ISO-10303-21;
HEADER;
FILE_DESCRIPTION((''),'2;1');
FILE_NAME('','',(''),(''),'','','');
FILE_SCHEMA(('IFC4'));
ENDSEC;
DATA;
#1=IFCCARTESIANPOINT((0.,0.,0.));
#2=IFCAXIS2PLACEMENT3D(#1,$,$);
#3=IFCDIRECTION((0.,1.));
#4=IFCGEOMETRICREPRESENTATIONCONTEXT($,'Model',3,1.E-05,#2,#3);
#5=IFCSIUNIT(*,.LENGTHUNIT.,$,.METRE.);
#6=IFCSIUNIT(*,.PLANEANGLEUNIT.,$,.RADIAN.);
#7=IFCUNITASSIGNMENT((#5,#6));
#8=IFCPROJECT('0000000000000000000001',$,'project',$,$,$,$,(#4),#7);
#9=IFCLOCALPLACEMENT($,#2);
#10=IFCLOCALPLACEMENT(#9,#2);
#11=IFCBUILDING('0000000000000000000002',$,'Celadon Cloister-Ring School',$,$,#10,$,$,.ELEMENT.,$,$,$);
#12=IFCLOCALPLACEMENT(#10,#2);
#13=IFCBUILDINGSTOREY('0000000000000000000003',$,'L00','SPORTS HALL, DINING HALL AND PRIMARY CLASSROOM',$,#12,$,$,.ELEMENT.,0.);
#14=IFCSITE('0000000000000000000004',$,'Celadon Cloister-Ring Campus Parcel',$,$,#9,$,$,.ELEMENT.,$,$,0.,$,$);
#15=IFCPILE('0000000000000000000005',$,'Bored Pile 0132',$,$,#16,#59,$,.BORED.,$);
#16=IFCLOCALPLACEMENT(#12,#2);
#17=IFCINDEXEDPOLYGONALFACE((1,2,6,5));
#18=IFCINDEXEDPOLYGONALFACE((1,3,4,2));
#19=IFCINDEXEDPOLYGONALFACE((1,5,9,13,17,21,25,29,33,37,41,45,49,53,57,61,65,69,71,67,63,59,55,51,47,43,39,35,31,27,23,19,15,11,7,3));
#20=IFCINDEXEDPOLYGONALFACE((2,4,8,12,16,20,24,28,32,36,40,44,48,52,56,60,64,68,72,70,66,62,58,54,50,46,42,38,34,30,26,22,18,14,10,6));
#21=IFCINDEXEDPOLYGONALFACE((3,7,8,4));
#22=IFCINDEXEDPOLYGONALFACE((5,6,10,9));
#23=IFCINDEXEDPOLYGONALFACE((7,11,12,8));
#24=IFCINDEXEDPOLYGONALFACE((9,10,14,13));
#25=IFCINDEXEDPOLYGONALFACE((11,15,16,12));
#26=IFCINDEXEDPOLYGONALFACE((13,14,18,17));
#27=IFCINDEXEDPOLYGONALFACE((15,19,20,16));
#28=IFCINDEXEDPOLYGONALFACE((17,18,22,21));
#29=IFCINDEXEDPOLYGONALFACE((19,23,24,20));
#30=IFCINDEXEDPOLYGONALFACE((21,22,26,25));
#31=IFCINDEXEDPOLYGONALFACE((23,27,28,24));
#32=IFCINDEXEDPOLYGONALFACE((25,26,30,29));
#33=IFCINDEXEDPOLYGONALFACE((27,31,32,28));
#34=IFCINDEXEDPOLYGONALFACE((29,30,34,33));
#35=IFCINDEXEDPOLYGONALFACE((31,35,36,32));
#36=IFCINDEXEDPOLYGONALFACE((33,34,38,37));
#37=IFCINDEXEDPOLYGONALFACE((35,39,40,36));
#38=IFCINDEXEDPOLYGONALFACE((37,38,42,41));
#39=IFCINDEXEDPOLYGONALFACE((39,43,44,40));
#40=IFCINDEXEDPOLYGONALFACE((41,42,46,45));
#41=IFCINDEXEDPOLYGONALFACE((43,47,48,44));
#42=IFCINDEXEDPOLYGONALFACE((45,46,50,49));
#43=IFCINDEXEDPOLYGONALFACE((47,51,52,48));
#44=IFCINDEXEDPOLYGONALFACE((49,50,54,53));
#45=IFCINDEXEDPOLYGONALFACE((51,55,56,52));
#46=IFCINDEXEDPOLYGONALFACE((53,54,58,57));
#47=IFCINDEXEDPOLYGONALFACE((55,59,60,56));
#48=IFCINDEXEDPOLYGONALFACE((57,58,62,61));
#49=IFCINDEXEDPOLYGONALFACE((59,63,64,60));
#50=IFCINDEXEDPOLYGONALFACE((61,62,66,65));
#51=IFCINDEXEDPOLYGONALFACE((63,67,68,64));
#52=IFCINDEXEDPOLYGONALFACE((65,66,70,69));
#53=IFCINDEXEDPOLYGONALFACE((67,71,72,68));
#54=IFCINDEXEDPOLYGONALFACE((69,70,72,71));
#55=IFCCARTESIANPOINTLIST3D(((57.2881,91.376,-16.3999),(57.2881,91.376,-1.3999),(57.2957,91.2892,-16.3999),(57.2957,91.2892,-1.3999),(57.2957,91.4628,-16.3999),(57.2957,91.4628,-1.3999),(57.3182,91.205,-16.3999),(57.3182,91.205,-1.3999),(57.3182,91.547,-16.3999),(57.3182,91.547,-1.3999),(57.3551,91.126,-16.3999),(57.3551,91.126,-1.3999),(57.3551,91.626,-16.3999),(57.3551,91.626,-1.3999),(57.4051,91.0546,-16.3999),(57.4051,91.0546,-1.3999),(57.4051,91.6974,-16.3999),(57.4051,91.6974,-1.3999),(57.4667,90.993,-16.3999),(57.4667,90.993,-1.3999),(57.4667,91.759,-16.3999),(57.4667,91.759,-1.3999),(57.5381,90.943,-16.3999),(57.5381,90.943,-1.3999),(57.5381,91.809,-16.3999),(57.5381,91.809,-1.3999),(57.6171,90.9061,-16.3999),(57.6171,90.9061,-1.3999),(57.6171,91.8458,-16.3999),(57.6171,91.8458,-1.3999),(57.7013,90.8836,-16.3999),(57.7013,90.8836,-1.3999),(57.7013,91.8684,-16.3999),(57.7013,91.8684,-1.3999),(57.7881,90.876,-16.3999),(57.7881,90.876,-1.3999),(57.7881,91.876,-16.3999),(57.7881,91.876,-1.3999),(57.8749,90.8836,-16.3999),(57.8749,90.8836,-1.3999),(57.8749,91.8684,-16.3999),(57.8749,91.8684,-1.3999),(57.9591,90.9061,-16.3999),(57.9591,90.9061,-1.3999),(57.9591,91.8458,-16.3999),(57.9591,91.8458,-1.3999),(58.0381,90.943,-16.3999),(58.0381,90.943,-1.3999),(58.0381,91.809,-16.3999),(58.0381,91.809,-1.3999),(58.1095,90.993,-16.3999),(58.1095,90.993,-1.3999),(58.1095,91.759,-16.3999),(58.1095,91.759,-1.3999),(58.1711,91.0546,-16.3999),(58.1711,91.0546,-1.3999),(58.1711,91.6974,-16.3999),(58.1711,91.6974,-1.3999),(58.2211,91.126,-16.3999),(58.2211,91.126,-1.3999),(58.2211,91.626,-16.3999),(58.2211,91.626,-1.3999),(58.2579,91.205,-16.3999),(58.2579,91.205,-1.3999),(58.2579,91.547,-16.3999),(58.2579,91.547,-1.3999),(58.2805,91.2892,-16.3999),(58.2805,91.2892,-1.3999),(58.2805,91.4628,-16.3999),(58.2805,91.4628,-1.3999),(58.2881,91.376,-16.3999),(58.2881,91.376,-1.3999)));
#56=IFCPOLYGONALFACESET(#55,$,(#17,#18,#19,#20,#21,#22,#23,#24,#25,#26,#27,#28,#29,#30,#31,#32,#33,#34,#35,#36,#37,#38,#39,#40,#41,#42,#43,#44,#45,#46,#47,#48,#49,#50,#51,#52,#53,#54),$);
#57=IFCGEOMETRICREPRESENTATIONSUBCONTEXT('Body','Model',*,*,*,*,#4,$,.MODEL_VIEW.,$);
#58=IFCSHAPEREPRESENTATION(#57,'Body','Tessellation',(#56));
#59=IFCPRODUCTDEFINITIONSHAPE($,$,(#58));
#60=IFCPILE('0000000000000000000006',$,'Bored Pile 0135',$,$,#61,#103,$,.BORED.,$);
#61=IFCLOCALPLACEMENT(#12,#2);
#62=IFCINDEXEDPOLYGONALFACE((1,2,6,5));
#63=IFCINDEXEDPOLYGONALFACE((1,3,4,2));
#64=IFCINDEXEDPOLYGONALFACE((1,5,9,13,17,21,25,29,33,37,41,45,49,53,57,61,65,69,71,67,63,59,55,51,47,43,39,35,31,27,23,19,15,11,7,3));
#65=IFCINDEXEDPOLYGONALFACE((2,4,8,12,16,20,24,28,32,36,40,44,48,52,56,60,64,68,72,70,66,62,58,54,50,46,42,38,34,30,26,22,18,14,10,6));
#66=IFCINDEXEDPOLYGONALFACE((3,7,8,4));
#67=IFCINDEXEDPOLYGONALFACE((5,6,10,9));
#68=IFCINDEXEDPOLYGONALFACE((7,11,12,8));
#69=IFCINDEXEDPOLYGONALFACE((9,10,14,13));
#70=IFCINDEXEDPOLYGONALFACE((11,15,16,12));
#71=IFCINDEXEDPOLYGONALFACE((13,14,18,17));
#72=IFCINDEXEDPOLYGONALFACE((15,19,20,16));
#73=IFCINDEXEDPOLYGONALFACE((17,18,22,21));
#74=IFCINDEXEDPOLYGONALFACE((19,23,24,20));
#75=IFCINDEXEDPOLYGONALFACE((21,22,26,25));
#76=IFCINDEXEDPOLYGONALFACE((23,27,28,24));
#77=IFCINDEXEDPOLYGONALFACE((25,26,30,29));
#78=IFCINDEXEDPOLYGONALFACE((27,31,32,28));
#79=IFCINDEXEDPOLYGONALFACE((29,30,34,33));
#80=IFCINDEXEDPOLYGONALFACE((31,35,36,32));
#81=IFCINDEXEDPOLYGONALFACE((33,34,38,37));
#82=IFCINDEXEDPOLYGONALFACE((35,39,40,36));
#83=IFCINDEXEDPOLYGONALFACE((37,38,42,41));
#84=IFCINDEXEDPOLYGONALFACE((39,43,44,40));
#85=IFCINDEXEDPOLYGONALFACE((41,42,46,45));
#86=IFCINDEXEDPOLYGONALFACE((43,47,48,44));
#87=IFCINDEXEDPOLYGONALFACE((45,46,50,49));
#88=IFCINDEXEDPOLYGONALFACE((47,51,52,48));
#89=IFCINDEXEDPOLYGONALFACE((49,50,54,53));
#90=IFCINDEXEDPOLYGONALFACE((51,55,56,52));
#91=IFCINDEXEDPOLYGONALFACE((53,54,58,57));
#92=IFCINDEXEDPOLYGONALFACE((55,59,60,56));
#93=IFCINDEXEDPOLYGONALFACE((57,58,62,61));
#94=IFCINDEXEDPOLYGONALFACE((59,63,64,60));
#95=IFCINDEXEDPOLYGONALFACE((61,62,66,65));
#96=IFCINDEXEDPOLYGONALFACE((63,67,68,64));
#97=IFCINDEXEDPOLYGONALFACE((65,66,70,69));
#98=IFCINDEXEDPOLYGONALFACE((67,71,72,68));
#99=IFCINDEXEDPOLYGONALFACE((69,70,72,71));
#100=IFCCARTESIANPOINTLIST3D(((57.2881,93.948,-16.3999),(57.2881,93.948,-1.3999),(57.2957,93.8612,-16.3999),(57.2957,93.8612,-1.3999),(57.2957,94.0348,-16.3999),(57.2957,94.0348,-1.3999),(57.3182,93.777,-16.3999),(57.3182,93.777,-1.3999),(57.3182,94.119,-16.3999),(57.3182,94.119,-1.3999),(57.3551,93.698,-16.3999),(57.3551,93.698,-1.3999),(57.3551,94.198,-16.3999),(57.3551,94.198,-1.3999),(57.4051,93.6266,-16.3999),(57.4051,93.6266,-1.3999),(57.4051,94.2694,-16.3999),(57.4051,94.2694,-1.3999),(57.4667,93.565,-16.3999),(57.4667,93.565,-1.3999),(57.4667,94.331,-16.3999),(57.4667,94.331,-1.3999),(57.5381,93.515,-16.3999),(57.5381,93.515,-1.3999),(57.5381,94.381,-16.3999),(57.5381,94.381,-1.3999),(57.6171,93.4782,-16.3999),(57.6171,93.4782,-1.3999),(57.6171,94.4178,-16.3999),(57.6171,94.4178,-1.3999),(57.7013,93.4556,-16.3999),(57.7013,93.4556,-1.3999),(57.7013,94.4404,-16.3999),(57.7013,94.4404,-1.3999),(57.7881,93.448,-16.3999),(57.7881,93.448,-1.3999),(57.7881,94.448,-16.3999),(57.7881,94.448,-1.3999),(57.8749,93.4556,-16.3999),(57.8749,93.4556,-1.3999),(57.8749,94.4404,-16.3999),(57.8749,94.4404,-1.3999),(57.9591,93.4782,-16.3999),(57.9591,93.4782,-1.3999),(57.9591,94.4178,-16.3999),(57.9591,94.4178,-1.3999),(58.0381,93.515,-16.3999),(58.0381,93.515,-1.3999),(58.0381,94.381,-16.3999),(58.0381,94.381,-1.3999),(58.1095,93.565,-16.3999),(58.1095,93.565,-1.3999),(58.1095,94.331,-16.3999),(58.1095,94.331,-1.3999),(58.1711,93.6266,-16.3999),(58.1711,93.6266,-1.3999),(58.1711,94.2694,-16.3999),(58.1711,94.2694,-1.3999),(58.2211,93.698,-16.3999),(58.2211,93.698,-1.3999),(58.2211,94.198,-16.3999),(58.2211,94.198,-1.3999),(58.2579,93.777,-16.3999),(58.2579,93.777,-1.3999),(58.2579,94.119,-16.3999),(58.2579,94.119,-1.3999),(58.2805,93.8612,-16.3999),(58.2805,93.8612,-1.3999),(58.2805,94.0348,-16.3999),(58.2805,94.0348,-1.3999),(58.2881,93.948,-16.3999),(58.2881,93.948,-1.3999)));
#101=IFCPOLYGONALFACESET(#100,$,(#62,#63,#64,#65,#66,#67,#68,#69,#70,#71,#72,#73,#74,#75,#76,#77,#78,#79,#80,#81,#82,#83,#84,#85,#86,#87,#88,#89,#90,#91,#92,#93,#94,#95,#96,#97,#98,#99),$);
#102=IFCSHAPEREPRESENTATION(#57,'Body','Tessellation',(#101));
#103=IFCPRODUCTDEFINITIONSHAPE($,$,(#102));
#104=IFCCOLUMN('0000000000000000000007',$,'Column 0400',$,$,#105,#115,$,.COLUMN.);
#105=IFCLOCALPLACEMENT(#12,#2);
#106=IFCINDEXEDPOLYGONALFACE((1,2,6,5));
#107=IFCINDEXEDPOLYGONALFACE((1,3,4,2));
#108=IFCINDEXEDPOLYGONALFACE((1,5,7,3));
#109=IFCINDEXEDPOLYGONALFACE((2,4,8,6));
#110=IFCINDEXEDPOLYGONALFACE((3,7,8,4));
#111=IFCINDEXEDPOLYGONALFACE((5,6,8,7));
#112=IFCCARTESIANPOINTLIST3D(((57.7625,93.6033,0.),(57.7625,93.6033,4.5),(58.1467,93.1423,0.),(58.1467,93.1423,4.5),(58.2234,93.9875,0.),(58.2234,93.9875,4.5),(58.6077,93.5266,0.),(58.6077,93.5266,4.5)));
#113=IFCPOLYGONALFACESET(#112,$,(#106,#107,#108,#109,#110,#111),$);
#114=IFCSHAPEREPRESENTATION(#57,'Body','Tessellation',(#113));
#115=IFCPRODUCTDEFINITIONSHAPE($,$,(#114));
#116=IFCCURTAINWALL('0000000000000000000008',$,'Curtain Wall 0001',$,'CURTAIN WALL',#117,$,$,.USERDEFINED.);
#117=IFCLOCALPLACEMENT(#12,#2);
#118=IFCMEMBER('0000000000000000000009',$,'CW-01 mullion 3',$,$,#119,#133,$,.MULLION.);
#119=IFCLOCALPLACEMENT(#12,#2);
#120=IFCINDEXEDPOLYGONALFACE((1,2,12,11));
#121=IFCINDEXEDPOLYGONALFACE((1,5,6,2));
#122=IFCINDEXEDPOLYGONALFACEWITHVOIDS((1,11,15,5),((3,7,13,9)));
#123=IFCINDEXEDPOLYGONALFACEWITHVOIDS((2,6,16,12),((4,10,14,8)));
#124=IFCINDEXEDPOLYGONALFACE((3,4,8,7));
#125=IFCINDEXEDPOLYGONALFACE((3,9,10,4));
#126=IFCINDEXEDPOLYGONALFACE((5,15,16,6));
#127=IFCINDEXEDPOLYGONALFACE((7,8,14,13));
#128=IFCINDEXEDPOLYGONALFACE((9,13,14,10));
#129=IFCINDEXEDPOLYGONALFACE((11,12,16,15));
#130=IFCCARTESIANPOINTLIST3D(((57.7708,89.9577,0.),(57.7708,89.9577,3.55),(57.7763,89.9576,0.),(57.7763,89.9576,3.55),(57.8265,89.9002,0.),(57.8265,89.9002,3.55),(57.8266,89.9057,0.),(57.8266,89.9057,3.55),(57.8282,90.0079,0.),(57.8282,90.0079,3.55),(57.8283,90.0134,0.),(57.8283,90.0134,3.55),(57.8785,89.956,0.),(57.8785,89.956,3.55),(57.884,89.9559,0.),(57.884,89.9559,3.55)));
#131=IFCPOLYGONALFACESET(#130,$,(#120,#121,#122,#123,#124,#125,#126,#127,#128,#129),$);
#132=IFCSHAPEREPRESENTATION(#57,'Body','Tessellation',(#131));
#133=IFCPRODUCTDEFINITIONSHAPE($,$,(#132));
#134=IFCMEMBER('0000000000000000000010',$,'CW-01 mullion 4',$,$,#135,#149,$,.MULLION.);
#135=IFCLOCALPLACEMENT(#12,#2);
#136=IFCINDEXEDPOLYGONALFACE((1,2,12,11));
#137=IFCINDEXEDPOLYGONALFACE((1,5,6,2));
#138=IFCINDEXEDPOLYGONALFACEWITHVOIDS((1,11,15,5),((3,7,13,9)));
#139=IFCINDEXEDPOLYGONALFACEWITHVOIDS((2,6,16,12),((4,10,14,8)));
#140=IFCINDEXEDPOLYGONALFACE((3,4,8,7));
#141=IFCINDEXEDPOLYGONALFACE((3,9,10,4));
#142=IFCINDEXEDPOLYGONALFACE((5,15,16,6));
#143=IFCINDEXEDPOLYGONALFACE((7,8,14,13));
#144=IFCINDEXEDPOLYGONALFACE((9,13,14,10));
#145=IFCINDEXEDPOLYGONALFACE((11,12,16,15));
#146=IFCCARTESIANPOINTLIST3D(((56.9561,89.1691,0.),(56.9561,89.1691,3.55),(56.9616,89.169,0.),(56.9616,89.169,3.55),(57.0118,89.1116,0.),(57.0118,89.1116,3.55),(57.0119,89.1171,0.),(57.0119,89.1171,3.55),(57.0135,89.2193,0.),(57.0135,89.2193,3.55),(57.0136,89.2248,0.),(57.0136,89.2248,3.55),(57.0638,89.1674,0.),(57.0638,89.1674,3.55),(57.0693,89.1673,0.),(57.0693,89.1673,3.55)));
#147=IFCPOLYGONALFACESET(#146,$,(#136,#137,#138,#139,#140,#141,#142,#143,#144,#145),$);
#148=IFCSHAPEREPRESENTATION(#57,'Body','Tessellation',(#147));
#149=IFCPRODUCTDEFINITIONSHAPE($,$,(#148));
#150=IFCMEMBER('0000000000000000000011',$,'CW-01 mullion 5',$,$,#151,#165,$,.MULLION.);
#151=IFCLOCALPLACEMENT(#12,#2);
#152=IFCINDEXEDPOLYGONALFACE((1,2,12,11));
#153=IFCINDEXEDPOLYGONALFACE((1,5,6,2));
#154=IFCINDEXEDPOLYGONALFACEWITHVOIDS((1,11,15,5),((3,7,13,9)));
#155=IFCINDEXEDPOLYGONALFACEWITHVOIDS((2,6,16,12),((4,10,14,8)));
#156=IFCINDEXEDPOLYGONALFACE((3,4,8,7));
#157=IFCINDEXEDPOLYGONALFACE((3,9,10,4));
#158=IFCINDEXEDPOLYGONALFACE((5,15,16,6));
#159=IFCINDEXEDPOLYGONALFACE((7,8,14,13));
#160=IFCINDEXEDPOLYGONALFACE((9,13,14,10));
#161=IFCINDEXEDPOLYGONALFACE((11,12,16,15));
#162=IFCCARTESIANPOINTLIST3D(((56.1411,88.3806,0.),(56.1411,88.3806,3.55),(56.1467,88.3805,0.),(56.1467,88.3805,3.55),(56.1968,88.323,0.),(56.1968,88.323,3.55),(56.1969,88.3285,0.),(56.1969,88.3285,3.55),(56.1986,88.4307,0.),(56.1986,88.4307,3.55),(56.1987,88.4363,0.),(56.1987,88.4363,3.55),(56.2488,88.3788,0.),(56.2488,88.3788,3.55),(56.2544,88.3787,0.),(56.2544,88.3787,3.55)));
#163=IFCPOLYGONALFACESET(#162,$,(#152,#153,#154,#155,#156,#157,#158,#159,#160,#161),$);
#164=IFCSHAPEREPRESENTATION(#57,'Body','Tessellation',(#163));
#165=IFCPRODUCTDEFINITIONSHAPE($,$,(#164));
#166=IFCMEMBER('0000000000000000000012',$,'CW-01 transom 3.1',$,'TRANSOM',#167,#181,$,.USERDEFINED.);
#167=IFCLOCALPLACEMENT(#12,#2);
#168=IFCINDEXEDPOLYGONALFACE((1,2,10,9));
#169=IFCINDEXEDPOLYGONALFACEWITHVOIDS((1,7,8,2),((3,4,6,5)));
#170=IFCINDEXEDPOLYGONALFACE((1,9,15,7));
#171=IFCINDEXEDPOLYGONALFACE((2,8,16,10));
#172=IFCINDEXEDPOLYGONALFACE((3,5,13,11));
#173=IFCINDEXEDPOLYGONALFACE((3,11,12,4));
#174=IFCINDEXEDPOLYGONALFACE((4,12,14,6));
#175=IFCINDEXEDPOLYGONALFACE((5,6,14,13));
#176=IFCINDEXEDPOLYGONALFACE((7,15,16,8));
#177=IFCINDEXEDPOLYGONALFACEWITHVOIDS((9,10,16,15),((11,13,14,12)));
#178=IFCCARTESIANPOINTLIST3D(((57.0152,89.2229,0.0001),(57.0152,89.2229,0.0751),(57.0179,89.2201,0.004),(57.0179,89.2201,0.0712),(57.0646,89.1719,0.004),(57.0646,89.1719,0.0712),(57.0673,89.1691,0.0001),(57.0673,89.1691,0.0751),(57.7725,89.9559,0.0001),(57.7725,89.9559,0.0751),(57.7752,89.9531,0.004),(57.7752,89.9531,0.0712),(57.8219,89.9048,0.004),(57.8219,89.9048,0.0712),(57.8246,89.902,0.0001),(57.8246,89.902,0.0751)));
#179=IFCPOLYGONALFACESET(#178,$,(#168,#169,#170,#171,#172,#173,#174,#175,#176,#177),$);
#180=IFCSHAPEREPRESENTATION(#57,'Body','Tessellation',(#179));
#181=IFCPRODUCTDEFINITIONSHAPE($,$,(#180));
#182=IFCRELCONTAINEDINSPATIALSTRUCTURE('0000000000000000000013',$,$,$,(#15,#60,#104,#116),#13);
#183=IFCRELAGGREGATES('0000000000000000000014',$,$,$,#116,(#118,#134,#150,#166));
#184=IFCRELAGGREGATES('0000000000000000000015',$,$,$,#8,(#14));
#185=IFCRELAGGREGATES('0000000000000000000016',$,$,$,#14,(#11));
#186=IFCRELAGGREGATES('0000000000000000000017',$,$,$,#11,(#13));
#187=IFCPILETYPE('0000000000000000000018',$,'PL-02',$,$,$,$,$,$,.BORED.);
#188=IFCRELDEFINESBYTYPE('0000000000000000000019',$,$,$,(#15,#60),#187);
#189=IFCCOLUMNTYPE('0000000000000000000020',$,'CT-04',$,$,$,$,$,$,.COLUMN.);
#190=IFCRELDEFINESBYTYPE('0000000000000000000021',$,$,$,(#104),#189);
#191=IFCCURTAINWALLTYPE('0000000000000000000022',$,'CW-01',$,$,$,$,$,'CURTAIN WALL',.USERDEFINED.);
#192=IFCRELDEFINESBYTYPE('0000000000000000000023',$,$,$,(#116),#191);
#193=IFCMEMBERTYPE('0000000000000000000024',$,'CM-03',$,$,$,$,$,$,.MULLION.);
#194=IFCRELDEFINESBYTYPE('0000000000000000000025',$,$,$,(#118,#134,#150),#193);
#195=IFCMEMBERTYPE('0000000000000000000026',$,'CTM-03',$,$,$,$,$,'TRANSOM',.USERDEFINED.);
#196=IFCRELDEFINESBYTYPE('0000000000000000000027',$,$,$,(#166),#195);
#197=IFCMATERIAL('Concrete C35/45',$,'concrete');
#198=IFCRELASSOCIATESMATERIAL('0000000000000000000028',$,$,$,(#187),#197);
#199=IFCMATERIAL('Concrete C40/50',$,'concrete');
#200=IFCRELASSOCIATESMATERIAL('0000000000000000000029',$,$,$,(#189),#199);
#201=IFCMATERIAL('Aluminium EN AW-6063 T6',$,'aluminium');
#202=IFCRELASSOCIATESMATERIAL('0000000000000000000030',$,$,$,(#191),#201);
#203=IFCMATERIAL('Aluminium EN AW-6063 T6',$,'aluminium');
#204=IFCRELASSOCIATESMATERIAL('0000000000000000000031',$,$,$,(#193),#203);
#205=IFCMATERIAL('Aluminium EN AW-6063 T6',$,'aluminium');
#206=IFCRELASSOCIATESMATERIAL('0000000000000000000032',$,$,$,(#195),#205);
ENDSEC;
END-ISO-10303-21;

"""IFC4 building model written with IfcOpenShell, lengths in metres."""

from ifc_helpers import new_model, si_unit, direction, frame, origin, origin_2d, place, context, subcontext, project, spatial, rectangle, hollow_rectangle, circle, extrude, material, material_profile, profile_set, type_object, element, aggregate, save


model = new_model("IFC4")

# Units and contexts
model_context = context("Model", 3, precision=1e-05, world=origin(), true_north=direction((0.0, 1.0)))
body_context = subcontext(model_context, "Body", "Model", "MODEL_VIEW")
ifc_project = project(units=[si_unit("LENGTHUNIT", "METRE"), si_unit("PLANEANGLEUNIT", "RADIAN")], contexts=[model_context])

# Site, building, storey
site_placement = place(None, origin())
site = spatial("IfcSite", under=ifc_project, at=site_placement, Name="Celadon Cloister-Ring Campus Parcel", CompositionType="ELEMENT", RefElevation=0.0)
building_placement = place(site_placement, origin())
building = spatial("IfcBuilding", under=site, at=building_placement, Name="Celadon Cloister-Ring School", CompositionType="ELEMENT")
storey_placement = place(building_placement, origin())
storey = spatial("IfcBuildingStorey", under=building, at=storey_placement, Name="L00", Description="SPORTS HALL, DINING HALL AND PRIMARY CLASSROOM", CompositionType="ELEMENT", Elevation=0.0)

# Piles
ifc_material_1 = material(Name="Concrete C35/45", Category="concrete")
ifc_material_profile_1 = material_profile(ifc_material_1, circle(Radius=0.5, at=origin_2d()), Name="PILE1000")
ifc_profile_set_1 = profile_set([ifc_material_profile_1], Name="Concrete C35/45")
pile_type = type_object("IfcPileType", Name="PL-02", PredefinedType="BORED", material=ifc_profile_set_1)
for number, where, z_axis, x_axis, name in (
    (1, (57.7881, 91.376, -1.3999), (0.0, 0.0, -1.0), (1.0, 0.0, 0.0), "Bored Pile 0132"),
    (2, (57.7881, 93.948, -1.3999), (0.0, 0.0, -1.0), (1.0, 0.0, 0.0), "Bored Pile 0135"),
):
    element("IfcPile", number, at=place(storey_placement, frame(where, z_axis=z_axis, x_axis=x_axis)), inside=storey, type_object=pile_type, Name=name, PredefinedType="BORED", context=body_context, shape_type="SweptSolid", body=[
        extrude(circle(Radius=0.5, at=origin_2d()), origin(), (0.0, 0.0, 1.0), 15.0),
    ])

# Column
ifc_material_2 = material(Name="Concrete C40/50", Category="concrete")
ifc_material_profile_2 = material_profile(ifc_material_2, rectangle(XDim=0.6001, YDim=0.6001, at=origin_2d()), Name="RC600X600")
ifc_profile_set_2 = profile_set([ifc_material_profile_2], Name="Concrete C40/50")
column_type = type_object("IfcColumnType", Name="CT-04", PredefinedType="COLUMN", material=ifc_profile_set_2)
column_placement = place(storey_placement, frame((58.1851, 93.5649, 0.0), z_axis=(0.0, 0.0, 1.0), x_axis=(-0.640324, 0.768105, 0.0)))
element("IfcColumn", 3, at=column_placement, inside=storey, type_object=column_type, Name="Column 0400", PredefinedType="COLUMN", context=body_context, shape_type="SweptSolid", body=[
    extrude(rectangle(XDim=0.6001, YDim=0.6001, at=origin_2d()), origin(), (0.0, 0.0, 1.0), 4.5),
])

# Curtain wall, members
ifc_material_3 = material(Name="Aluminium EN AW-6063 T6", Category="aluminium")
curtain_wall_type = type_object("IfcCurtainWallType", Name="CW-01", ElementType="CURTAIN WALL", PredefinedType="USERDEFINED", material=ifc_material_3)
curtain_wall_placement = place(storey_placement, origin())
curtain_wall = element("IfcCurtainWall", 4, at=curtain_wall_placement, inside=storey, type_object=curtain_wall_type, Name="Curtain Wall 0001", ObjectType="CURTAIN WALL", PredefinedType="USERDEFINED")
ifc_material_4 = material(Name="Aluminium EN AW-6063 T6", Category="aluminium")
ifc_material_profile_3 = material_profile(ifc_material_4, hollow_rectangle(XDim=0.0801, YDim=0.0801, WallThickness=0.0039, at=origin_2d()), Name="RHS80X80X4")
ifc_profile_set_3 = profile_set([ifc_material_profile_3], Name="Aluminium EN AW-6063 T6")
member_type_1 = type_object("IfcMemberType", Name="CM-03", PredefinedType="MULLION", material=ifc_profile_set_3)
member_1_placement = place(storey_placement, frame((57.8274, 89.9568, 0.0), z_axis=(0.0, 0.0, 1.0), x_axis=(0.69546, -0.718565, 0.0)))
member_1 = element("IfcMember", 5, at=member_1_placement, type_object=member_type_1, Name="CW-01 mullion 3", PredefinedType="MULLION", context=body_context, shape_type="SweptSolid", body=[
    extrude(hollow_rectangle(XDim=0.0801, YDim=0.0801, WallThickness=0.0039, at=origin_2d()), origin(), (0.0, 0.0, 1.0), 3.55),
])
member_2_placement = place(storey_placement, frame((57.0127, 89.1682, 0.0), z_axis=(0.0, 0.0, 1.0), x_axis=(0.69546, -0.718565, 0.0)))
member_2 = element("IfcMember", 6, at=member_2_placement, type_object=member_type_1, Name="CW-01 mullion 4", PredefinedType="MULLION", context=body_context, shape_type="SweptSolid", body=[
    extrude(hollow_rectangle(XDim=0.0801, YDim=0.0801, WallThickness=0.0039, at=origin_2d()), origin(), (0.0, 0.0, 1.0), 3.55),
])
member_3_placement = place(storey_placement, frame((56.1978, 88.3796, 0.0), z_axis=(0.0, 0.0, 1.0), x_axis=(0.69546, -0.718565, 0.0)))
member_3 = element("IfcMember", 7, at=member_3_placement, type_object=member_type_1, Name="CW-01 mullion 5", PredefinedType="MULLION", context=body_context, shape_type="SweptSolid", body=[
    extrude(hollow_rectangle(XDim=0.0801, YDim=0.0801, WallThickness=0.0039, at=origin_2d()), origin(), (0.0, 0.0, 1.0), 3.55),
])
ifc_material_5 = material(Name="Aluminium EN AW-6063 T6", Category="aluminium")
ifc_material_profile_4 = material_profile(ifc_material_5, hollow_rectangle(XDim=0.075, YDim=0.075, WallThickness=0.0039, at=origin_2d()), Name="RHS75X75X4")
ifc_profile_set_4 = profile_set([ifc_material_profile_4], Name="Aluminium EN AW-6063 T6")
member_type_2 = type_object("IfcMemberType", Name="CTM-03", ElementType="TRANSOM", PredefinedType="USERDEFINED", material=ifc_profile_set_4)
member_4_placement = place(storey_placement, frame((57.7986, 89.929, 0.0376), z_axis=(-0.718595, -0.695429, 0.0), x_axis=(0.695429, -0.718595, 0.0)))
member_4 = element("IfcMember", 8, at=member_4_placement, type_object=member_type_2, Name="CW-01 transom 3.1", ObjectType="TRANSOM", PredefinedType="USERDEFINED", context=body_context, shape_type="SweptSolid", body=[
    extrude(hollow_rectangle(XDim=0.075, YDim=0.075, WallThickness=0.0039, at=origin_2d()), origin(), (0.0, 0.0, 1.0), 1.054),
])

aggregate(curtain_wall, [member_1, member_2, member_3, member_4])

save(model, "model.ifc")
